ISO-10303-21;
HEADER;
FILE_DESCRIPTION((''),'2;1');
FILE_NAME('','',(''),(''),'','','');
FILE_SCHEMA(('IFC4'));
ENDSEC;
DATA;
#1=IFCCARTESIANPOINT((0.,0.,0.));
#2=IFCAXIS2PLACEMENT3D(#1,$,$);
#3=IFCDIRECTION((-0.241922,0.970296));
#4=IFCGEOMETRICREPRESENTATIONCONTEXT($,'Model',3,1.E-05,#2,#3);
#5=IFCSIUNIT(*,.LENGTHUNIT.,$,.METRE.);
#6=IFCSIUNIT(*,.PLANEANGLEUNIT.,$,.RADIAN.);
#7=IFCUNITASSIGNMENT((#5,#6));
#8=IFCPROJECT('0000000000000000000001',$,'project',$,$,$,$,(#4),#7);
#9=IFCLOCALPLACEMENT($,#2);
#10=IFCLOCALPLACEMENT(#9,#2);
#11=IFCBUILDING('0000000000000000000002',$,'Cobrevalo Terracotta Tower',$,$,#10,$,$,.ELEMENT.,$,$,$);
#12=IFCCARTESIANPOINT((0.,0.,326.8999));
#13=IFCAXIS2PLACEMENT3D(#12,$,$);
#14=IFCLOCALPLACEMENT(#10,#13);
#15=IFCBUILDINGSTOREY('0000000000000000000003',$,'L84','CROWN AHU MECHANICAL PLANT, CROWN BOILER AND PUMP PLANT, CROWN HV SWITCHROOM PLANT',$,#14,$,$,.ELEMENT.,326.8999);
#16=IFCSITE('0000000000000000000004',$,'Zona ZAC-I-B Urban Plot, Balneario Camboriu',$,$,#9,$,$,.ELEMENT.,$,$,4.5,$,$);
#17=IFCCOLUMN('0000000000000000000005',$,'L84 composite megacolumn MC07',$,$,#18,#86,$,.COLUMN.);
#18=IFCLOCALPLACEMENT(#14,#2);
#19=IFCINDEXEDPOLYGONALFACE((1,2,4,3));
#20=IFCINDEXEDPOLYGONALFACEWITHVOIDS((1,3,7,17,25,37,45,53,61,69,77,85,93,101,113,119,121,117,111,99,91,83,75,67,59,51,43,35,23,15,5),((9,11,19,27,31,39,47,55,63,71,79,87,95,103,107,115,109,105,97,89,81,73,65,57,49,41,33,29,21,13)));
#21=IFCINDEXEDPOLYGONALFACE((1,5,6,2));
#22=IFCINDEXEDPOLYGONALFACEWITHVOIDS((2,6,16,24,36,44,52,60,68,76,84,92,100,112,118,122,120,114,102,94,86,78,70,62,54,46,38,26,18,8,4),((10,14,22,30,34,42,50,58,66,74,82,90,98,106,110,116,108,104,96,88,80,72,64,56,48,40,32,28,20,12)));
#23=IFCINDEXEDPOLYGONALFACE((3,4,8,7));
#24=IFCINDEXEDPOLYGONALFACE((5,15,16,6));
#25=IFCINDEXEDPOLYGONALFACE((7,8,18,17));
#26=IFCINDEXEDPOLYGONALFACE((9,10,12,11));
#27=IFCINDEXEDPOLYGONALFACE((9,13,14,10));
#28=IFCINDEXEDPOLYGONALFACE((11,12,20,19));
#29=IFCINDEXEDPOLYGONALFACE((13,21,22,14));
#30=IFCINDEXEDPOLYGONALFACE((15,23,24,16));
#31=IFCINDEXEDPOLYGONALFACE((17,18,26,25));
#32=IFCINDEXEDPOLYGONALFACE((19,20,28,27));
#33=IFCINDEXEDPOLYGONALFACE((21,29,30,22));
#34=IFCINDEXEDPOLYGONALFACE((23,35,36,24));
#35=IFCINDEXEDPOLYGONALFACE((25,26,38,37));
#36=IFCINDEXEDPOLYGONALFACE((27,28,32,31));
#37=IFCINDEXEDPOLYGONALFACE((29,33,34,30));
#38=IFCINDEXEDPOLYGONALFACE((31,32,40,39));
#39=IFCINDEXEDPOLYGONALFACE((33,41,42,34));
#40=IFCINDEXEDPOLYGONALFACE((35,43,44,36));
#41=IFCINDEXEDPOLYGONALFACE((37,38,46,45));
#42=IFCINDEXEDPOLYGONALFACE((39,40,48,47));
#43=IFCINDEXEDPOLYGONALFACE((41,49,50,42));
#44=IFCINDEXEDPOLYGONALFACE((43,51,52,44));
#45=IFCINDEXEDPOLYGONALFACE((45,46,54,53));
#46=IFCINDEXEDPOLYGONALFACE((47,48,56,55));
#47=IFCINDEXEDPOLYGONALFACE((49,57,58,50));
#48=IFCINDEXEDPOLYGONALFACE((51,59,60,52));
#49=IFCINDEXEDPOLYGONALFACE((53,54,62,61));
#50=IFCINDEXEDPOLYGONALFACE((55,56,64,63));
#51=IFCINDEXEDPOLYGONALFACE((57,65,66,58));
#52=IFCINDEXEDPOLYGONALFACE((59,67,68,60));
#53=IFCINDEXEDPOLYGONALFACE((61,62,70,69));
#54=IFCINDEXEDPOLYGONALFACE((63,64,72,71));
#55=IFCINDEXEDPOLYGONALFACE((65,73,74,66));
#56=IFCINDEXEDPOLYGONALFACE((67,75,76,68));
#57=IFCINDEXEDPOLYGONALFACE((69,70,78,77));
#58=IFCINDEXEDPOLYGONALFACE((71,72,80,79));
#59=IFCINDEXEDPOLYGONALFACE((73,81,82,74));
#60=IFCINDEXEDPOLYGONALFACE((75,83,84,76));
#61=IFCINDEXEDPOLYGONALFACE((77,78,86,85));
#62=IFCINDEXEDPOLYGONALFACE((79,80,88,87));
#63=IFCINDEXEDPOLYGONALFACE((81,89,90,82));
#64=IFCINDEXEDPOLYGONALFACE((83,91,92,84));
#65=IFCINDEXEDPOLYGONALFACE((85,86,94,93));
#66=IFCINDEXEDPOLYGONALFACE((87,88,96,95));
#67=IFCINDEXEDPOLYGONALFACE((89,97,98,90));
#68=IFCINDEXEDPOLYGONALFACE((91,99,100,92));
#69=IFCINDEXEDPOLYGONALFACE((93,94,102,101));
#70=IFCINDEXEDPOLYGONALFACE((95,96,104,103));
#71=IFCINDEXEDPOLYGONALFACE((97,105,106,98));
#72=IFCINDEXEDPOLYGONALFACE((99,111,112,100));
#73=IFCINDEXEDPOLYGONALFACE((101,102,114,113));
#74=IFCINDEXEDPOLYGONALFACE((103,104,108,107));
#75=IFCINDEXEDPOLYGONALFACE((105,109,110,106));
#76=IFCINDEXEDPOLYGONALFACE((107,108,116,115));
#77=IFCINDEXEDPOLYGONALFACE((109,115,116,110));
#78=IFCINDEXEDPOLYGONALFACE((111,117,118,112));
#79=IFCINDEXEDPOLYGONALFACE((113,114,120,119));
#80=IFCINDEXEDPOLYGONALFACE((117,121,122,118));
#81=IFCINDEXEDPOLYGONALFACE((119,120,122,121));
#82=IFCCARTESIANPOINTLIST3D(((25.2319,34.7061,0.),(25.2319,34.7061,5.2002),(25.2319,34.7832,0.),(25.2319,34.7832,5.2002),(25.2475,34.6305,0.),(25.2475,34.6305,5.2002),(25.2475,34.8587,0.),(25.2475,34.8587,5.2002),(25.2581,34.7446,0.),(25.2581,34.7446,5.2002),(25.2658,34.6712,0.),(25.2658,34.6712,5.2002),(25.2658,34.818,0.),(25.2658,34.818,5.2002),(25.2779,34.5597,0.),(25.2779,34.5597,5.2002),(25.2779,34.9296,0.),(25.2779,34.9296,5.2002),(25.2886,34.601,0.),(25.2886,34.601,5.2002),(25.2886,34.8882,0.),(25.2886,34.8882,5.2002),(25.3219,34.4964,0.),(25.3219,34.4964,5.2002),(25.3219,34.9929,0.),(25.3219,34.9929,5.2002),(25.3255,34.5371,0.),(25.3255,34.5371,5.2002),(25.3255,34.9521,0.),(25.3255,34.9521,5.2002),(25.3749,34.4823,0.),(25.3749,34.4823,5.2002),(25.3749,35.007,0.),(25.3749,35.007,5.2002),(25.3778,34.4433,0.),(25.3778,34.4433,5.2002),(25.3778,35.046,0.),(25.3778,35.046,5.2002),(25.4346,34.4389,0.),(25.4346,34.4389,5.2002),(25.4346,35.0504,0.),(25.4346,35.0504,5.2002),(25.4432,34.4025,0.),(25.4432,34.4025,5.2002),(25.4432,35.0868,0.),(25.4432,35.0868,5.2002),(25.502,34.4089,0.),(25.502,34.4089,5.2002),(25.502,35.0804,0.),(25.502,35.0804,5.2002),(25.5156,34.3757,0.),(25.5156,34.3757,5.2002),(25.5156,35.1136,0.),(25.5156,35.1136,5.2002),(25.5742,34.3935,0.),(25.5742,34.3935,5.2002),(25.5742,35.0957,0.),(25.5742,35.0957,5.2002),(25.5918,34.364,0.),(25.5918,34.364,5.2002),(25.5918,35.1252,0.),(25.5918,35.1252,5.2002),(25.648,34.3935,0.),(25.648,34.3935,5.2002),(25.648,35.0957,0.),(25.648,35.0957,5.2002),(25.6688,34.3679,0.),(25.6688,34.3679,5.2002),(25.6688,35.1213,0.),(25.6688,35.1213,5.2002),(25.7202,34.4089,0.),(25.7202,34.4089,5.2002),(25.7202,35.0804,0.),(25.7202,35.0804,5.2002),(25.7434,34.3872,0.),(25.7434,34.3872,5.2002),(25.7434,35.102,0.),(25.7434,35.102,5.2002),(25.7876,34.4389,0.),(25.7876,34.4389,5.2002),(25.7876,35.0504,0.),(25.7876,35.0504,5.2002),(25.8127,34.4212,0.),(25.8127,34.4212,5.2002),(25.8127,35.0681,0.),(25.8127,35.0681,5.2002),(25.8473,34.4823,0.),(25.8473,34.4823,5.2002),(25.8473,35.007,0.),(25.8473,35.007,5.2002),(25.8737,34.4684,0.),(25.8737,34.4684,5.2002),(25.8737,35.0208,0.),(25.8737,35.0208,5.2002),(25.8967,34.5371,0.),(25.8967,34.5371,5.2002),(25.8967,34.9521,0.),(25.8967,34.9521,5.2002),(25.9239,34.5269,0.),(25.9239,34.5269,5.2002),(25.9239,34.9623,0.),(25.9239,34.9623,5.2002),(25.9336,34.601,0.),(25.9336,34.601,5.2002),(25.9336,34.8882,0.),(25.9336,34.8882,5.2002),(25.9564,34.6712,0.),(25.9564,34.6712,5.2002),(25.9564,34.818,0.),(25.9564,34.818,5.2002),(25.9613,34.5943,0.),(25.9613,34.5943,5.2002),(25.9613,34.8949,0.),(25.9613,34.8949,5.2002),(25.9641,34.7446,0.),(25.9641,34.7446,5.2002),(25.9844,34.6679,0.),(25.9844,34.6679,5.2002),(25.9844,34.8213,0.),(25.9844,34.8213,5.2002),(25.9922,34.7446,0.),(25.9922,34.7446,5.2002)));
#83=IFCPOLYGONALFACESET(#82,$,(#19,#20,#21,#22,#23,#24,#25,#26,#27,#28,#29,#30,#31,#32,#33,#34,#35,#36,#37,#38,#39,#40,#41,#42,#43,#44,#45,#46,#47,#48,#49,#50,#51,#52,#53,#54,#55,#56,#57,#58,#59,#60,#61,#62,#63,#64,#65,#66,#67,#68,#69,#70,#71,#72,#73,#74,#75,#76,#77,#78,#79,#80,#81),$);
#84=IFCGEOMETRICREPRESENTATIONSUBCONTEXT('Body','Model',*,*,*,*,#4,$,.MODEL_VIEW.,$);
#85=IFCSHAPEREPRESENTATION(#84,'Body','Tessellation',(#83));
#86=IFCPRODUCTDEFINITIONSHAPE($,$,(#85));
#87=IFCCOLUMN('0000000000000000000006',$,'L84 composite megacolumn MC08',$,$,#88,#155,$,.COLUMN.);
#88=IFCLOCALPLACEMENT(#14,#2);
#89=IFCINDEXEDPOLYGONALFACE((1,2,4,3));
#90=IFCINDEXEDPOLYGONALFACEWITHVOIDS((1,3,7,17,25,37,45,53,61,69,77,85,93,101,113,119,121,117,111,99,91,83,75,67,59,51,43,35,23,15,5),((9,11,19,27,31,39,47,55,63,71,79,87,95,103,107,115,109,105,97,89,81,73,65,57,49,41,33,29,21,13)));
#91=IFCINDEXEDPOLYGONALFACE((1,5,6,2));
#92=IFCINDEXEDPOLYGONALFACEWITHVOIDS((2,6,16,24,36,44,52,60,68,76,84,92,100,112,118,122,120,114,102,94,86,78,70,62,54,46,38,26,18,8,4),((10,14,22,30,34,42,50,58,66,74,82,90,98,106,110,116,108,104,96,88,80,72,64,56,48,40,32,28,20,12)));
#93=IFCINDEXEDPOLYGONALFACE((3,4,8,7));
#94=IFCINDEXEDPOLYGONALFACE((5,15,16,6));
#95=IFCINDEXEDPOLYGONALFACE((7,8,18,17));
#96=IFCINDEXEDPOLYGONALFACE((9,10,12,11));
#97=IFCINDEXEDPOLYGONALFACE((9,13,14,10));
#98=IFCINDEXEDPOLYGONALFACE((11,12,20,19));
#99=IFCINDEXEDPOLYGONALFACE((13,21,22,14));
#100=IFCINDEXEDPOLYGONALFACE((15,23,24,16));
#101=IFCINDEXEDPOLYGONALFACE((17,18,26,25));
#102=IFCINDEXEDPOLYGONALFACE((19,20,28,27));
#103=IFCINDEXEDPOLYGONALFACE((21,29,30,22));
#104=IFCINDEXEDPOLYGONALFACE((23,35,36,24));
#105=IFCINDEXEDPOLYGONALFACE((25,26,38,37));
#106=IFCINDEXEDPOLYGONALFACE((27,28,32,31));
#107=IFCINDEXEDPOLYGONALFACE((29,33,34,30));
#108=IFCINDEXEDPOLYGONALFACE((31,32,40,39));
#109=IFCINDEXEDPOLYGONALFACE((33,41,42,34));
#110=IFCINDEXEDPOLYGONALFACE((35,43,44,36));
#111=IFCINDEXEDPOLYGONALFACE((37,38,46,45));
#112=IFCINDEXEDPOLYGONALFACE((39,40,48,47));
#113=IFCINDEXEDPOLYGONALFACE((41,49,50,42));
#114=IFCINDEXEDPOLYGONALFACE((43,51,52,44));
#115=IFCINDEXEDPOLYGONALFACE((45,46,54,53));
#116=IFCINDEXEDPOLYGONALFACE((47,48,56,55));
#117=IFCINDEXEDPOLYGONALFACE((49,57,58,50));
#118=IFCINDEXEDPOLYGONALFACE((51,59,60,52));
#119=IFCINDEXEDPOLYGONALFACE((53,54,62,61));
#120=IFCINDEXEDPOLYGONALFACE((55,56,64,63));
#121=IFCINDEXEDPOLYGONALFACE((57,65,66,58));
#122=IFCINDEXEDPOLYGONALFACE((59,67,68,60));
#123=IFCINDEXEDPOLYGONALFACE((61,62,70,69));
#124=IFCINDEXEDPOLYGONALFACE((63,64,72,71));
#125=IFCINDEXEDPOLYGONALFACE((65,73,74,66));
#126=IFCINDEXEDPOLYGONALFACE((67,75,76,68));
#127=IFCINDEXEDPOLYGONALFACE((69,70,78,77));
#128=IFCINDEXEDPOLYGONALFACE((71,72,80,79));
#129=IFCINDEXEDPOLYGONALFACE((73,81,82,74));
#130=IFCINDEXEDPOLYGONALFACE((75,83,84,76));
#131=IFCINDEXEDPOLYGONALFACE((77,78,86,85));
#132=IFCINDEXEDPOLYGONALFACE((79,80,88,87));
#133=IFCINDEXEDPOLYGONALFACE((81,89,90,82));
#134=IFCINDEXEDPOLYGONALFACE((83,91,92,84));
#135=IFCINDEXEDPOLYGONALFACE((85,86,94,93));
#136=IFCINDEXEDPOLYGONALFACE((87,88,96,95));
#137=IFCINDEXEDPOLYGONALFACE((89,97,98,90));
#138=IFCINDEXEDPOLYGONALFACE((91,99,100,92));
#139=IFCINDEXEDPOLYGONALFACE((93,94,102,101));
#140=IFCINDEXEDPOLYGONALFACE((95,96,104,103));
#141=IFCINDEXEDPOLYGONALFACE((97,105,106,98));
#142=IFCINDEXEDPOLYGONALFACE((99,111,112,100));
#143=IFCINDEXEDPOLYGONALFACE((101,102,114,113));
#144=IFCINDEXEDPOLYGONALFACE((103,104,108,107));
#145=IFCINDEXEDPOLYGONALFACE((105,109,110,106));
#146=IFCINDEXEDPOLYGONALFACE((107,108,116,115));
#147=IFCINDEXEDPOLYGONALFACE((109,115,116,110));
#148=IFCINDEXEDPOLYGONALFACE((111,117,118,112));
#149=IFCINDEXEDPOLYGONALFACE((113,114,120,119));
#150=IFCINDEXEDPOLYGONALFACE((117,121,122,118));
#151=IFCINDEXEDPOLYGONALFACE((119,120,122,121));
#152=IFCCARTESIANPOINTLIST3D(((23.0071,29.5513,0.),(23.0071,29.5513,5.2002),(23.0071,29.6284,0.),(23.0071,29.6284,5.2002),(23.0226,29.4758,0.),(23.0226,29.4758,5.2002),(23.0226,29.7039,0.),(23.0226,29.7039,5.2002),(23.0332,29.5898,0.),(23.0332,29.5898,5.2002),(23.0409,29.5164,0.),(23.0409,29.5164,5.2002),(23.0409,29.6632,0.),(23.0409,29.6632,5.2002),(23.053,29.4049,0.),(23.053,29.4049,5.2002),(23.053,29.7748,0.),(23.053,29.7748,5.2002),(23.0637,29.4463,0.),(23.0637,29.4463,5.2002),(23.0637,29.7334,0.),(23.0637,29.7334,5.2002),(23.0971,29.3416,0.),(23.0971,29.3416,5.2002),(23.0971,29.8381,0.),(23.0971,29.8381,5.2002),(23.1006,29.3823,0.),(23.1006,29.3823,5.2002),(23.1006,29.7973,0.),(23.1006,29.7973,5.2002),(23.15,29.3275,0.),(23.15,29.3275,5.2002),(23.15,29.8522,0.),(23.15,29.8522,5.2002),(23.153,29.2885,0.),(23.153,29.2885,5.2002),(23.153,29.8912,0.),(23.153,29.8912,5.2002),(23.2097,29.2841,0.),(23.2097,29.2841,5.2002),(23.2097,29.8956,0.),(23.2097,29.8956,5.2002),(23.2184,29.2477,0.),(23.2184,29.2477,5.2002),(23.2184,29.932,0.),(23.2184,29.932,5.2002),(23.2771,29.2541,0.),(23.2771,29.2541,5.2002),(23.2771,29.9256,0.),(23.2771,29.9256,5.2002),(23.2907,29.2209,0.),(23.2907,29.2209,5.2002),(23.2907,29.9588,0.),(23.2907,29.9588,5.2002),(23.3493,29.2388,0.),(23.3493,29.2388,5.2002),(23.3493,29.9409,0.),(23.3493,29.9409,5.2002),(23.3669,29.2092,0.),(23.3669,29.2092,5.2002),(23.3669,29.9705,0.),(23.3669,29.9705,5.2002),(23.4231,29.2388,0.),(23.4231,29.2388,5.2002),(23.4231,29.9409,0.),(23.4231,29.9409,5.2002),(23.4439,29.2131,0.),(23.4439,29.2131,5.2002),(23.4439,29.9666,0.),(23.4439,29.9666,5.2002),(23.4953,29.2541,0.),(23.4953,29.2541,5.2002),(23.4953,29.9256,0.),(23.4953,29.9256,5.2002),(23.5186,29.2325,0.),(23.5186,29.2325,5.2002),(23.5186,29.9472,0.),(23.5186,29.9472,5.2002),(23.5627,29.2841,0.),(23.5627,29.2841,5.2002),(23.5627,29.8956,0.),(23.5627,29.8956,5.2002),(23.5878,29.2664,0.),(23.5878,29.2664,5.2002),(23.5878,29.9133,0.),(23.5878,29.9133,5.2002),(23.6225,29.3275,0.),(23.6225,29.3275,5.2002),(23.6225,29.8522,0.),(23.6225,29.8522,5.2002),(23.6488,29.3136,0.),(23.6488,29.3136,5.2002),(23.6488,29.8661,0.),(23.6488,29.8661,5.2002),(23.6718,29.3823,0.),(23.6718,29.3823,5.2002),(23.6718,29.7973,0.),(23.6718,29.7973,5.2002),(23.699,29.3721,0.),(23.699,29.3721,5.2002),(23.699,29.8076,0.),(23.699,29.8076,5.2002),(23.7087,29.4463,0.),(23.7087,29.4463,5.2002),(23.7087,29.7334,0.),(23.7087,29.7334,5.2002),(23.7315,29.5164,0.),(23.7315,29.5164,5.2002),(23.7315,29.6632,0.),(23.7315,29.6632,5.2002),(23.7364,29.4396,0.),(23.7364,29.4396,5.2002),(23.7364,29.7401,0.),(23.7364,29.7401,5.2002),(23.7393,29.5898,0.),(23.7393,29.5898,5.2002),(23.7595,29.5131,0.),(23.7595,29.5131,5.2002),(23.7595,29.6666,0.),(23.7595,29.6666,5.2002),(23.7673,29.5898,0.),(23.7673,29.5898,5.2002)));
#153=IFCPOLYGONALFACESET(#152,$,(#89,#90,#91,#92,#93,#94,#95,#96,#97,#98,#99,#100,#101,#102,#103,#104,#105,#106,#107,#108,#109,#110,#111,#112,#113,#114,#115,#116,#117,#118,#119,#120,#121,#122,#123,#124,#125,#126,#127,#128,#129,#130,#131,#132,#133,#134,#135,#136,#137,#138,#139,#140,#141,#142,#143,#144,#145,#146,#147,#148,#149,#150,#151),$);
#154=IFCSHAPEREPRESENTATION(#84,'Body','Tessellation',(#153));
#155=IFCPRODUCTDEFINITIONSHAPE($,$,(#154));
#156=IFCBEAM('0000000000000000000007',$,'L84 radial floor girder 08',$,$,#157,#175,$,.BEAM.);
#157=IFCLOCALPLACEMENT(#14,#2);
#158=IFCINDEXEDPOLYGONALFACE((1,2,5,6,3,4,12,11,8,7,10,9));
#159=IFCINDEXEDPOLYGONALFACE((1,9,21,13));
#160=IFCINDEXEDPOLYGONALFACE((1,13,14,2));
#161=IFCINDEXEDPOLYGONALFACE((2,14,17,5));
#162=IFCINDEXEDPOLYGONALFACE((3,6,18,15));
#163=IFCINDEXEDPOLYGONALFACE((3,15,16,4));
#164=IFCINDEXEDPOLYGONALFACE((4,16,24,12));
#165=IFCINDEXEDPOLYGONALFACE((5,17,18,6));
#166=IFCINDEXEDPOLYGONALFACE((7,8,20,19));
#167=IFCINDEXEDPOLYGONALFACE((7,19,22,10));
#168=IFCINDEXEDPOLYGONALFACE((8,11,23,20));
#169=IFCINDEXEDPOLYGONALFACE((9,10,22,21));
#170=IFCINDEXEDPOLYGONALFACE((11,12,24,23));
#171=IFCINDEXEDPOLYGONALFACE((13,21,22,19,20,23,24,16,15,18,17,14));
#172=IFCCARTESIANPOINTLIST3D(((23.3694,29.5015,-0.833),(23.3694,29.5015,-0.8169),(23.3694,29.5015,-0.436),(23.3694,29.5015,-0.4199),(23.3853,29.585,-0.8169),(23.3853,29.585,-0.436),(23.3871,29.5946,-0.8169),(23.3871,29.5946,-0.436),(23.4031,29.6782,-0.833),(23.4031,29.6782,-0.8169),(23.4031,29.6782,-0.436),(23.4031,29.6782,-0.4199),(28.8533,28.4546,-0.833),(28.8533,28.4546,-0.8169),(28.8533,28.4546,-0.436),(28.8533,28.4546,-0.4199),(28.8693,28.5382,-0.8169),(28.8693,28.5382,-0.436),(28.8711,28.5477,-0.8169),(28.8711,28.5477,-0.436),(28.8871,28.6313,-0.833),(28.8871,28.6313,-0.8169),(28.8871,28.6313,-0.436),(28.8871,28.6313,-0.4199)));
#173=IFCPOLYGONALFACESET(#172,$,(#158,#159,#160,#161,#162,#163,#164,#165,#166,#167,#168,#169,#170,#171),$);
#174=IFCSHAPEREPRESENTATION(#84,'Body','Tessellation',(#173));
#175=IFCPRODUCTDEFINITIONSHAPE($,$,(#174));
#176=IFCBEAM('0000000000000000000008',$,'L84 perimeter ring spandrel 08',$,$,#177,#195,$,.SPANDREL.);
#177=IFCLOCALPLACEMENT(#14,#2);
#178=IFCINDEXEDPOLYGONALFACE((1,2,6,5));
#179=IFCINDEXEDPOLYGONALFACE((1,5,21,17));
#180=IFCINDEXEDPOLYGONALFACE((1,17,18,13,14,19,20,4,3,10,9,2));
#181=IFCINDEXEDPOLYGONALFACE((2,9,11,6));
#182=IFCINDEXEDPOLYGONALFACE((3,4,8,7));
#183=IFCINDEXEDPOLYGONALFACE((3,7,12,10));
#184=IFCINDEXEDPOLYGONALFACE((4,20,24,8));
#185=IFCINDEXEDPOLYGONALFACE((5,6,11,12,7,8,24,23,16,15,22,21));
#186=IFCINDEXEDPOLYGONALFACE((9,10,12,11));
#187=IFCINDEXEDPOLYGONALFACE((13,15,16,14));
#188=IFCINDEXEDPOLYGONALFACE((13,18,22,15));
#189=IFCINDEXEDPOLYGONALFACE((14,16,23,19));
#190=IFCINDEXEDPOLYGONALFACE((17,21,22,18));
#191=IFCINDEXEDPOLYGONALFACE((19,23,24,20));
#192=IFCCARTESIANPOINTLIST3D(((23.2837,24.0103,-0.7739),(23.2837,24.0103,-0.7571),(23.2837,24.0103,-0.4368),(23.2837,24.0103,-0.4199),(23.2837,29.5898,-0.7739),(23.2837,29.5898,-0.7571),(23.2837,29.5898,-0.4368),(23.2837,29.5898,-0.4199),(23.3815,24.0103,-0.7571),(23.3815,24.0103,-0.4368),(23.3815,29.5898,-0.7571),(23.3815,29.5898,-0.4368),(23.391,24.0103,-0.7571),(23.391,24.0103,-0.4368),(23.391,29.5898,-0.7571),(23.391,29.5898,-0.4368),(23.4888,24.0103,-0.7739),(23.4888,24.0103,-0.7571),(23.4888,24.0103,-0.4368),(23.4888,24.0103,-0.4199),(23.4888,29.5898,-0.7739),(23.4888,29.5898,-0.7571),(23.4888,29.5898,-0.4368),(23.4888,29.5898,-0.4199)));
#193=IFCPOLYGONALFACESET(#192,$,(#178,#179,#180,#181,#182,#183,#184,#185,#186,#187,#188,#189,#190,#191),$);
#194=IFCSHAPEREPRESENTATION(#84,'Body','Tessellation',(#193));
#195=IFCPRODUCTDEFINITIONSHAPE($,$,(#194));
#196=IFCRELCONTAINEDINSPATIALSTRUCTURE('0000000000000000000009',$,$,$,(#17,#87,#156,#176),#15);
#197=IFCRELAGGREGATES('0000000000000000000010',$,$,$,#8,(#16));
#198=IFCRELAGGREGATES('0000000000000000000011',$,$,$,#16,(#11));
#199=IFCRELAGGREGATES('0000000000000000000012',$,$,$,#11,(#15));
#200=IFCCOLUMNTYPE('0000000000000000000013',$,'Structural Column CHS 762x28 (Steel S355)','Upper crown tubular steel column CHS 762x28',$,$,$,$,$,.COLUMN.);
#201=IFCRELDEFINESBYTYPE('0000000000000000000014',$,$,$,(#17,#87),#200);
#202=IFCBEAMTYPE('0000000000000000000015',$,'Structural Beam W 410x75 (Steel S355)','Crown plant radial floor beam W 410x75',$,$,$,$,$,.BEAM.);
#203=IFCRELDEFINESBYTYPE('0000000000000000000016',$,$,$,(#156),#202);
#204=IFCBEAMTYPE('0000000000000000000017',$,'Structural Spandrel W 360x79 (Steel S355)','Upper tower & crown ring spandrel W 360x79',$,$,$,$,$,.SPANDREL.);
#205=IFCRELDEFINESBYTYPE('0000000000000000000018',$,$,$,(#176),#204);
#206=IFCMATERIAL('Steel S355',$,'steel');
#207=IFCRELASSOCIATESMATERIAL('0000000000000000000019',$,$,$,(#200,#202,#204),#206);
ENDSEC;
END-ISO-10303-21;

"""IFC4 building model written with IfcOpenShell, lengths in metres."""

from ifc_helpers import new_model, si_unit, direction, frame, origin, origin_2d, place, context, subcontext, project, spatial, hollow_circle, i_section, extrude, material, material_profile, profile_set, type_object, element, save


model = new_model("IFC4")

# Units and contexts
model_context = context("Model", 3, precision=1e-05, world=origin(), true_north=direction((-0.241922, 0.970296)))
body_context = subcontext(model_context, "Body", "Model", "MODEL_VIEW")
ifc_project = project(units=[si_unit("LENGTHUNIT", "METRE"), si_unit("PLANEANGLEUNIT", "RADIAN")], contexts=[model_context])

# Site, building, storey
site_placement = place(None, origin())
site = spatial("IfcSite", under=ifc_project, at=site_placement, Name="Zona ZAC-I-B Urban Plot, Balneario Camboriu", CompositionType="ELEMENT", RefElevation=4.5)
building_placement = place(site_placement, origin())
building = spatial("IfcBuilding", under=site, at=building_placement, Name="Cobrevalo Terracotta Tower", CompositionType="ELEMENT")
storey_placement = place(building_placement, frame((0.0, 0.0, 326.8999)))
storey = spatial("IfcBuildingStorey", under=building, at=storey_placement, Name="L84", Description="CROWN AHU MECHANICAL PLANT, CROWN BOILER AND PUMP PLANT, CROWN HV SWITCHROOM PLANT", CompositionType="ELEMENT", Elevation=326.8999)

# Columns
ifc_material_1 = material(Name="Steel S355", Category="steel")
ifc_material_profile_1 = material_profile(ifc_material_1, hollow_circle(Radius=0.3811, WallThickness=0.0281, at=origin_2d()), Name="CHS 762x28")
ifc_profile_set_1 = profile_set([ifc_material_profile_1], Name="Steel S355")
column_type = type_object("IfcColumnType", Name="Structural Column CHS 762x28 (Steel S355)", Description="Upper crown tubular steel column CHS 762x28", PredefinedType="COLUMN", material=ifc_profile_set_1)
for number, where, z_axis, x_axis, name in (
    (1, (25.6111, 34.7446, 0.0), (0.0, 0.0, 1.0), (1.0, 0.0, 0.0), "L84 composite megacolumn MC07"),
    (2, (23.3862, 29.5898, 0.0), (0.0, 0.0, 1.0), (1.0, 0.0, 0.0), "L84 composite megacolumn MC08"),
):
    element("IfcColumn", number, at=place(storey_placement, frame(where, z_axis=z_axis, x_axis=x_axis)), inside=storey, type_object=column_type, Name=name, PredefinedType="COLUMN", context=body_context, shape_type="SweptSolid", body=[
        extrude(hollow_circle(Radius=0.3811, WallThickness=0.0281, at=origin_2d()), origin(), (0.0, 0.0, 1.0), 5.2002),
    ])

# Beams
ifc_material_profile_2 = material_profile(ifc_material_1, i_section(OverallWidth=0.1799, OverallDepth=0.4131, WebThickness=0.0098, FlangeThickness=0.0161, at=origin_2d()), Name="W 410x75")
ifc_profile_set_2 = profile_set([ifc_material_profile_2], Name="Steel S355")
beam_type_1 = type_object("IfcBeamType", Name="Structural Beam W 410x75 (Steel S355)", Description="Crown plant radial floor beam W 410x75", PredefinedType="BEAM", material=ifc_profile_set_2)
beam_1_placement = place(storey_placement, frame((23.3862, 29.5898, -0.6265), z_axis=(0.982262, -0.187514, 0.0), x_axis=(0.187514, 0.982262, 0.0)))
element("IfcBeam", 3, at=beam_1_placement, inside=storey, type_object=beam_type_1, Name="L84 radial floor girder 08", PredefinedType="BEAM", context=body_context, shape_type="SweptSolid", body=[
    extrude(i_section(OverallWidth=0.1799, OverallDepth=0.4131, WebThickness=0.0098, FlangeThickness=0.0161, at=origin_2d()), origin(), (0.0, 0.0, 1.0), 5.583),
])
ifc_material_profile_3 = material_profile(ifc_material_1, i_section(OverallWidth=0.2051, OverallDepth=0.354, WebThickness=0.0095, FlangeThickness=0.0168, at=origin_2d()), Name="W 360x79")
ifc_profile_set_3 = profile_set([ifc_material_profile_3], Name="Steel S355")
beam_type_2 = type_object("IfcBeamType", Name="Structural Spandrel W 360x79 (Steel S355)", Description="Upper tower & crown ring spandrel W 360x79", PredefinedType="SPANDREL", material=ifc_profile_set_3)
beam_2_placement = place(storey_placement, frame((23.3862, 29.5898, -0.5969), z_axis=(0.0, -1.0, 0.0), x_axis=(1.0, 0.0, 0.0)))
element("IfcBeam", 4, at=beam_2_placement, inside=storey, type_object=beam_type_2, Name="L84 perimeter ring spandrel 08", PredefinedType="SPANDREL", context=body_context, shape_type="SweptSolid", body=[
    extrude(i_section(OverallWidth=0.2051, OverallDepth=0.354, WebThickness=0.0095, FlangeThickness=0.0168, at=origin_2d()), origin(), (0.0, 0.0, 1.0), 5.5796),
])

save(model, "model.ifc")
